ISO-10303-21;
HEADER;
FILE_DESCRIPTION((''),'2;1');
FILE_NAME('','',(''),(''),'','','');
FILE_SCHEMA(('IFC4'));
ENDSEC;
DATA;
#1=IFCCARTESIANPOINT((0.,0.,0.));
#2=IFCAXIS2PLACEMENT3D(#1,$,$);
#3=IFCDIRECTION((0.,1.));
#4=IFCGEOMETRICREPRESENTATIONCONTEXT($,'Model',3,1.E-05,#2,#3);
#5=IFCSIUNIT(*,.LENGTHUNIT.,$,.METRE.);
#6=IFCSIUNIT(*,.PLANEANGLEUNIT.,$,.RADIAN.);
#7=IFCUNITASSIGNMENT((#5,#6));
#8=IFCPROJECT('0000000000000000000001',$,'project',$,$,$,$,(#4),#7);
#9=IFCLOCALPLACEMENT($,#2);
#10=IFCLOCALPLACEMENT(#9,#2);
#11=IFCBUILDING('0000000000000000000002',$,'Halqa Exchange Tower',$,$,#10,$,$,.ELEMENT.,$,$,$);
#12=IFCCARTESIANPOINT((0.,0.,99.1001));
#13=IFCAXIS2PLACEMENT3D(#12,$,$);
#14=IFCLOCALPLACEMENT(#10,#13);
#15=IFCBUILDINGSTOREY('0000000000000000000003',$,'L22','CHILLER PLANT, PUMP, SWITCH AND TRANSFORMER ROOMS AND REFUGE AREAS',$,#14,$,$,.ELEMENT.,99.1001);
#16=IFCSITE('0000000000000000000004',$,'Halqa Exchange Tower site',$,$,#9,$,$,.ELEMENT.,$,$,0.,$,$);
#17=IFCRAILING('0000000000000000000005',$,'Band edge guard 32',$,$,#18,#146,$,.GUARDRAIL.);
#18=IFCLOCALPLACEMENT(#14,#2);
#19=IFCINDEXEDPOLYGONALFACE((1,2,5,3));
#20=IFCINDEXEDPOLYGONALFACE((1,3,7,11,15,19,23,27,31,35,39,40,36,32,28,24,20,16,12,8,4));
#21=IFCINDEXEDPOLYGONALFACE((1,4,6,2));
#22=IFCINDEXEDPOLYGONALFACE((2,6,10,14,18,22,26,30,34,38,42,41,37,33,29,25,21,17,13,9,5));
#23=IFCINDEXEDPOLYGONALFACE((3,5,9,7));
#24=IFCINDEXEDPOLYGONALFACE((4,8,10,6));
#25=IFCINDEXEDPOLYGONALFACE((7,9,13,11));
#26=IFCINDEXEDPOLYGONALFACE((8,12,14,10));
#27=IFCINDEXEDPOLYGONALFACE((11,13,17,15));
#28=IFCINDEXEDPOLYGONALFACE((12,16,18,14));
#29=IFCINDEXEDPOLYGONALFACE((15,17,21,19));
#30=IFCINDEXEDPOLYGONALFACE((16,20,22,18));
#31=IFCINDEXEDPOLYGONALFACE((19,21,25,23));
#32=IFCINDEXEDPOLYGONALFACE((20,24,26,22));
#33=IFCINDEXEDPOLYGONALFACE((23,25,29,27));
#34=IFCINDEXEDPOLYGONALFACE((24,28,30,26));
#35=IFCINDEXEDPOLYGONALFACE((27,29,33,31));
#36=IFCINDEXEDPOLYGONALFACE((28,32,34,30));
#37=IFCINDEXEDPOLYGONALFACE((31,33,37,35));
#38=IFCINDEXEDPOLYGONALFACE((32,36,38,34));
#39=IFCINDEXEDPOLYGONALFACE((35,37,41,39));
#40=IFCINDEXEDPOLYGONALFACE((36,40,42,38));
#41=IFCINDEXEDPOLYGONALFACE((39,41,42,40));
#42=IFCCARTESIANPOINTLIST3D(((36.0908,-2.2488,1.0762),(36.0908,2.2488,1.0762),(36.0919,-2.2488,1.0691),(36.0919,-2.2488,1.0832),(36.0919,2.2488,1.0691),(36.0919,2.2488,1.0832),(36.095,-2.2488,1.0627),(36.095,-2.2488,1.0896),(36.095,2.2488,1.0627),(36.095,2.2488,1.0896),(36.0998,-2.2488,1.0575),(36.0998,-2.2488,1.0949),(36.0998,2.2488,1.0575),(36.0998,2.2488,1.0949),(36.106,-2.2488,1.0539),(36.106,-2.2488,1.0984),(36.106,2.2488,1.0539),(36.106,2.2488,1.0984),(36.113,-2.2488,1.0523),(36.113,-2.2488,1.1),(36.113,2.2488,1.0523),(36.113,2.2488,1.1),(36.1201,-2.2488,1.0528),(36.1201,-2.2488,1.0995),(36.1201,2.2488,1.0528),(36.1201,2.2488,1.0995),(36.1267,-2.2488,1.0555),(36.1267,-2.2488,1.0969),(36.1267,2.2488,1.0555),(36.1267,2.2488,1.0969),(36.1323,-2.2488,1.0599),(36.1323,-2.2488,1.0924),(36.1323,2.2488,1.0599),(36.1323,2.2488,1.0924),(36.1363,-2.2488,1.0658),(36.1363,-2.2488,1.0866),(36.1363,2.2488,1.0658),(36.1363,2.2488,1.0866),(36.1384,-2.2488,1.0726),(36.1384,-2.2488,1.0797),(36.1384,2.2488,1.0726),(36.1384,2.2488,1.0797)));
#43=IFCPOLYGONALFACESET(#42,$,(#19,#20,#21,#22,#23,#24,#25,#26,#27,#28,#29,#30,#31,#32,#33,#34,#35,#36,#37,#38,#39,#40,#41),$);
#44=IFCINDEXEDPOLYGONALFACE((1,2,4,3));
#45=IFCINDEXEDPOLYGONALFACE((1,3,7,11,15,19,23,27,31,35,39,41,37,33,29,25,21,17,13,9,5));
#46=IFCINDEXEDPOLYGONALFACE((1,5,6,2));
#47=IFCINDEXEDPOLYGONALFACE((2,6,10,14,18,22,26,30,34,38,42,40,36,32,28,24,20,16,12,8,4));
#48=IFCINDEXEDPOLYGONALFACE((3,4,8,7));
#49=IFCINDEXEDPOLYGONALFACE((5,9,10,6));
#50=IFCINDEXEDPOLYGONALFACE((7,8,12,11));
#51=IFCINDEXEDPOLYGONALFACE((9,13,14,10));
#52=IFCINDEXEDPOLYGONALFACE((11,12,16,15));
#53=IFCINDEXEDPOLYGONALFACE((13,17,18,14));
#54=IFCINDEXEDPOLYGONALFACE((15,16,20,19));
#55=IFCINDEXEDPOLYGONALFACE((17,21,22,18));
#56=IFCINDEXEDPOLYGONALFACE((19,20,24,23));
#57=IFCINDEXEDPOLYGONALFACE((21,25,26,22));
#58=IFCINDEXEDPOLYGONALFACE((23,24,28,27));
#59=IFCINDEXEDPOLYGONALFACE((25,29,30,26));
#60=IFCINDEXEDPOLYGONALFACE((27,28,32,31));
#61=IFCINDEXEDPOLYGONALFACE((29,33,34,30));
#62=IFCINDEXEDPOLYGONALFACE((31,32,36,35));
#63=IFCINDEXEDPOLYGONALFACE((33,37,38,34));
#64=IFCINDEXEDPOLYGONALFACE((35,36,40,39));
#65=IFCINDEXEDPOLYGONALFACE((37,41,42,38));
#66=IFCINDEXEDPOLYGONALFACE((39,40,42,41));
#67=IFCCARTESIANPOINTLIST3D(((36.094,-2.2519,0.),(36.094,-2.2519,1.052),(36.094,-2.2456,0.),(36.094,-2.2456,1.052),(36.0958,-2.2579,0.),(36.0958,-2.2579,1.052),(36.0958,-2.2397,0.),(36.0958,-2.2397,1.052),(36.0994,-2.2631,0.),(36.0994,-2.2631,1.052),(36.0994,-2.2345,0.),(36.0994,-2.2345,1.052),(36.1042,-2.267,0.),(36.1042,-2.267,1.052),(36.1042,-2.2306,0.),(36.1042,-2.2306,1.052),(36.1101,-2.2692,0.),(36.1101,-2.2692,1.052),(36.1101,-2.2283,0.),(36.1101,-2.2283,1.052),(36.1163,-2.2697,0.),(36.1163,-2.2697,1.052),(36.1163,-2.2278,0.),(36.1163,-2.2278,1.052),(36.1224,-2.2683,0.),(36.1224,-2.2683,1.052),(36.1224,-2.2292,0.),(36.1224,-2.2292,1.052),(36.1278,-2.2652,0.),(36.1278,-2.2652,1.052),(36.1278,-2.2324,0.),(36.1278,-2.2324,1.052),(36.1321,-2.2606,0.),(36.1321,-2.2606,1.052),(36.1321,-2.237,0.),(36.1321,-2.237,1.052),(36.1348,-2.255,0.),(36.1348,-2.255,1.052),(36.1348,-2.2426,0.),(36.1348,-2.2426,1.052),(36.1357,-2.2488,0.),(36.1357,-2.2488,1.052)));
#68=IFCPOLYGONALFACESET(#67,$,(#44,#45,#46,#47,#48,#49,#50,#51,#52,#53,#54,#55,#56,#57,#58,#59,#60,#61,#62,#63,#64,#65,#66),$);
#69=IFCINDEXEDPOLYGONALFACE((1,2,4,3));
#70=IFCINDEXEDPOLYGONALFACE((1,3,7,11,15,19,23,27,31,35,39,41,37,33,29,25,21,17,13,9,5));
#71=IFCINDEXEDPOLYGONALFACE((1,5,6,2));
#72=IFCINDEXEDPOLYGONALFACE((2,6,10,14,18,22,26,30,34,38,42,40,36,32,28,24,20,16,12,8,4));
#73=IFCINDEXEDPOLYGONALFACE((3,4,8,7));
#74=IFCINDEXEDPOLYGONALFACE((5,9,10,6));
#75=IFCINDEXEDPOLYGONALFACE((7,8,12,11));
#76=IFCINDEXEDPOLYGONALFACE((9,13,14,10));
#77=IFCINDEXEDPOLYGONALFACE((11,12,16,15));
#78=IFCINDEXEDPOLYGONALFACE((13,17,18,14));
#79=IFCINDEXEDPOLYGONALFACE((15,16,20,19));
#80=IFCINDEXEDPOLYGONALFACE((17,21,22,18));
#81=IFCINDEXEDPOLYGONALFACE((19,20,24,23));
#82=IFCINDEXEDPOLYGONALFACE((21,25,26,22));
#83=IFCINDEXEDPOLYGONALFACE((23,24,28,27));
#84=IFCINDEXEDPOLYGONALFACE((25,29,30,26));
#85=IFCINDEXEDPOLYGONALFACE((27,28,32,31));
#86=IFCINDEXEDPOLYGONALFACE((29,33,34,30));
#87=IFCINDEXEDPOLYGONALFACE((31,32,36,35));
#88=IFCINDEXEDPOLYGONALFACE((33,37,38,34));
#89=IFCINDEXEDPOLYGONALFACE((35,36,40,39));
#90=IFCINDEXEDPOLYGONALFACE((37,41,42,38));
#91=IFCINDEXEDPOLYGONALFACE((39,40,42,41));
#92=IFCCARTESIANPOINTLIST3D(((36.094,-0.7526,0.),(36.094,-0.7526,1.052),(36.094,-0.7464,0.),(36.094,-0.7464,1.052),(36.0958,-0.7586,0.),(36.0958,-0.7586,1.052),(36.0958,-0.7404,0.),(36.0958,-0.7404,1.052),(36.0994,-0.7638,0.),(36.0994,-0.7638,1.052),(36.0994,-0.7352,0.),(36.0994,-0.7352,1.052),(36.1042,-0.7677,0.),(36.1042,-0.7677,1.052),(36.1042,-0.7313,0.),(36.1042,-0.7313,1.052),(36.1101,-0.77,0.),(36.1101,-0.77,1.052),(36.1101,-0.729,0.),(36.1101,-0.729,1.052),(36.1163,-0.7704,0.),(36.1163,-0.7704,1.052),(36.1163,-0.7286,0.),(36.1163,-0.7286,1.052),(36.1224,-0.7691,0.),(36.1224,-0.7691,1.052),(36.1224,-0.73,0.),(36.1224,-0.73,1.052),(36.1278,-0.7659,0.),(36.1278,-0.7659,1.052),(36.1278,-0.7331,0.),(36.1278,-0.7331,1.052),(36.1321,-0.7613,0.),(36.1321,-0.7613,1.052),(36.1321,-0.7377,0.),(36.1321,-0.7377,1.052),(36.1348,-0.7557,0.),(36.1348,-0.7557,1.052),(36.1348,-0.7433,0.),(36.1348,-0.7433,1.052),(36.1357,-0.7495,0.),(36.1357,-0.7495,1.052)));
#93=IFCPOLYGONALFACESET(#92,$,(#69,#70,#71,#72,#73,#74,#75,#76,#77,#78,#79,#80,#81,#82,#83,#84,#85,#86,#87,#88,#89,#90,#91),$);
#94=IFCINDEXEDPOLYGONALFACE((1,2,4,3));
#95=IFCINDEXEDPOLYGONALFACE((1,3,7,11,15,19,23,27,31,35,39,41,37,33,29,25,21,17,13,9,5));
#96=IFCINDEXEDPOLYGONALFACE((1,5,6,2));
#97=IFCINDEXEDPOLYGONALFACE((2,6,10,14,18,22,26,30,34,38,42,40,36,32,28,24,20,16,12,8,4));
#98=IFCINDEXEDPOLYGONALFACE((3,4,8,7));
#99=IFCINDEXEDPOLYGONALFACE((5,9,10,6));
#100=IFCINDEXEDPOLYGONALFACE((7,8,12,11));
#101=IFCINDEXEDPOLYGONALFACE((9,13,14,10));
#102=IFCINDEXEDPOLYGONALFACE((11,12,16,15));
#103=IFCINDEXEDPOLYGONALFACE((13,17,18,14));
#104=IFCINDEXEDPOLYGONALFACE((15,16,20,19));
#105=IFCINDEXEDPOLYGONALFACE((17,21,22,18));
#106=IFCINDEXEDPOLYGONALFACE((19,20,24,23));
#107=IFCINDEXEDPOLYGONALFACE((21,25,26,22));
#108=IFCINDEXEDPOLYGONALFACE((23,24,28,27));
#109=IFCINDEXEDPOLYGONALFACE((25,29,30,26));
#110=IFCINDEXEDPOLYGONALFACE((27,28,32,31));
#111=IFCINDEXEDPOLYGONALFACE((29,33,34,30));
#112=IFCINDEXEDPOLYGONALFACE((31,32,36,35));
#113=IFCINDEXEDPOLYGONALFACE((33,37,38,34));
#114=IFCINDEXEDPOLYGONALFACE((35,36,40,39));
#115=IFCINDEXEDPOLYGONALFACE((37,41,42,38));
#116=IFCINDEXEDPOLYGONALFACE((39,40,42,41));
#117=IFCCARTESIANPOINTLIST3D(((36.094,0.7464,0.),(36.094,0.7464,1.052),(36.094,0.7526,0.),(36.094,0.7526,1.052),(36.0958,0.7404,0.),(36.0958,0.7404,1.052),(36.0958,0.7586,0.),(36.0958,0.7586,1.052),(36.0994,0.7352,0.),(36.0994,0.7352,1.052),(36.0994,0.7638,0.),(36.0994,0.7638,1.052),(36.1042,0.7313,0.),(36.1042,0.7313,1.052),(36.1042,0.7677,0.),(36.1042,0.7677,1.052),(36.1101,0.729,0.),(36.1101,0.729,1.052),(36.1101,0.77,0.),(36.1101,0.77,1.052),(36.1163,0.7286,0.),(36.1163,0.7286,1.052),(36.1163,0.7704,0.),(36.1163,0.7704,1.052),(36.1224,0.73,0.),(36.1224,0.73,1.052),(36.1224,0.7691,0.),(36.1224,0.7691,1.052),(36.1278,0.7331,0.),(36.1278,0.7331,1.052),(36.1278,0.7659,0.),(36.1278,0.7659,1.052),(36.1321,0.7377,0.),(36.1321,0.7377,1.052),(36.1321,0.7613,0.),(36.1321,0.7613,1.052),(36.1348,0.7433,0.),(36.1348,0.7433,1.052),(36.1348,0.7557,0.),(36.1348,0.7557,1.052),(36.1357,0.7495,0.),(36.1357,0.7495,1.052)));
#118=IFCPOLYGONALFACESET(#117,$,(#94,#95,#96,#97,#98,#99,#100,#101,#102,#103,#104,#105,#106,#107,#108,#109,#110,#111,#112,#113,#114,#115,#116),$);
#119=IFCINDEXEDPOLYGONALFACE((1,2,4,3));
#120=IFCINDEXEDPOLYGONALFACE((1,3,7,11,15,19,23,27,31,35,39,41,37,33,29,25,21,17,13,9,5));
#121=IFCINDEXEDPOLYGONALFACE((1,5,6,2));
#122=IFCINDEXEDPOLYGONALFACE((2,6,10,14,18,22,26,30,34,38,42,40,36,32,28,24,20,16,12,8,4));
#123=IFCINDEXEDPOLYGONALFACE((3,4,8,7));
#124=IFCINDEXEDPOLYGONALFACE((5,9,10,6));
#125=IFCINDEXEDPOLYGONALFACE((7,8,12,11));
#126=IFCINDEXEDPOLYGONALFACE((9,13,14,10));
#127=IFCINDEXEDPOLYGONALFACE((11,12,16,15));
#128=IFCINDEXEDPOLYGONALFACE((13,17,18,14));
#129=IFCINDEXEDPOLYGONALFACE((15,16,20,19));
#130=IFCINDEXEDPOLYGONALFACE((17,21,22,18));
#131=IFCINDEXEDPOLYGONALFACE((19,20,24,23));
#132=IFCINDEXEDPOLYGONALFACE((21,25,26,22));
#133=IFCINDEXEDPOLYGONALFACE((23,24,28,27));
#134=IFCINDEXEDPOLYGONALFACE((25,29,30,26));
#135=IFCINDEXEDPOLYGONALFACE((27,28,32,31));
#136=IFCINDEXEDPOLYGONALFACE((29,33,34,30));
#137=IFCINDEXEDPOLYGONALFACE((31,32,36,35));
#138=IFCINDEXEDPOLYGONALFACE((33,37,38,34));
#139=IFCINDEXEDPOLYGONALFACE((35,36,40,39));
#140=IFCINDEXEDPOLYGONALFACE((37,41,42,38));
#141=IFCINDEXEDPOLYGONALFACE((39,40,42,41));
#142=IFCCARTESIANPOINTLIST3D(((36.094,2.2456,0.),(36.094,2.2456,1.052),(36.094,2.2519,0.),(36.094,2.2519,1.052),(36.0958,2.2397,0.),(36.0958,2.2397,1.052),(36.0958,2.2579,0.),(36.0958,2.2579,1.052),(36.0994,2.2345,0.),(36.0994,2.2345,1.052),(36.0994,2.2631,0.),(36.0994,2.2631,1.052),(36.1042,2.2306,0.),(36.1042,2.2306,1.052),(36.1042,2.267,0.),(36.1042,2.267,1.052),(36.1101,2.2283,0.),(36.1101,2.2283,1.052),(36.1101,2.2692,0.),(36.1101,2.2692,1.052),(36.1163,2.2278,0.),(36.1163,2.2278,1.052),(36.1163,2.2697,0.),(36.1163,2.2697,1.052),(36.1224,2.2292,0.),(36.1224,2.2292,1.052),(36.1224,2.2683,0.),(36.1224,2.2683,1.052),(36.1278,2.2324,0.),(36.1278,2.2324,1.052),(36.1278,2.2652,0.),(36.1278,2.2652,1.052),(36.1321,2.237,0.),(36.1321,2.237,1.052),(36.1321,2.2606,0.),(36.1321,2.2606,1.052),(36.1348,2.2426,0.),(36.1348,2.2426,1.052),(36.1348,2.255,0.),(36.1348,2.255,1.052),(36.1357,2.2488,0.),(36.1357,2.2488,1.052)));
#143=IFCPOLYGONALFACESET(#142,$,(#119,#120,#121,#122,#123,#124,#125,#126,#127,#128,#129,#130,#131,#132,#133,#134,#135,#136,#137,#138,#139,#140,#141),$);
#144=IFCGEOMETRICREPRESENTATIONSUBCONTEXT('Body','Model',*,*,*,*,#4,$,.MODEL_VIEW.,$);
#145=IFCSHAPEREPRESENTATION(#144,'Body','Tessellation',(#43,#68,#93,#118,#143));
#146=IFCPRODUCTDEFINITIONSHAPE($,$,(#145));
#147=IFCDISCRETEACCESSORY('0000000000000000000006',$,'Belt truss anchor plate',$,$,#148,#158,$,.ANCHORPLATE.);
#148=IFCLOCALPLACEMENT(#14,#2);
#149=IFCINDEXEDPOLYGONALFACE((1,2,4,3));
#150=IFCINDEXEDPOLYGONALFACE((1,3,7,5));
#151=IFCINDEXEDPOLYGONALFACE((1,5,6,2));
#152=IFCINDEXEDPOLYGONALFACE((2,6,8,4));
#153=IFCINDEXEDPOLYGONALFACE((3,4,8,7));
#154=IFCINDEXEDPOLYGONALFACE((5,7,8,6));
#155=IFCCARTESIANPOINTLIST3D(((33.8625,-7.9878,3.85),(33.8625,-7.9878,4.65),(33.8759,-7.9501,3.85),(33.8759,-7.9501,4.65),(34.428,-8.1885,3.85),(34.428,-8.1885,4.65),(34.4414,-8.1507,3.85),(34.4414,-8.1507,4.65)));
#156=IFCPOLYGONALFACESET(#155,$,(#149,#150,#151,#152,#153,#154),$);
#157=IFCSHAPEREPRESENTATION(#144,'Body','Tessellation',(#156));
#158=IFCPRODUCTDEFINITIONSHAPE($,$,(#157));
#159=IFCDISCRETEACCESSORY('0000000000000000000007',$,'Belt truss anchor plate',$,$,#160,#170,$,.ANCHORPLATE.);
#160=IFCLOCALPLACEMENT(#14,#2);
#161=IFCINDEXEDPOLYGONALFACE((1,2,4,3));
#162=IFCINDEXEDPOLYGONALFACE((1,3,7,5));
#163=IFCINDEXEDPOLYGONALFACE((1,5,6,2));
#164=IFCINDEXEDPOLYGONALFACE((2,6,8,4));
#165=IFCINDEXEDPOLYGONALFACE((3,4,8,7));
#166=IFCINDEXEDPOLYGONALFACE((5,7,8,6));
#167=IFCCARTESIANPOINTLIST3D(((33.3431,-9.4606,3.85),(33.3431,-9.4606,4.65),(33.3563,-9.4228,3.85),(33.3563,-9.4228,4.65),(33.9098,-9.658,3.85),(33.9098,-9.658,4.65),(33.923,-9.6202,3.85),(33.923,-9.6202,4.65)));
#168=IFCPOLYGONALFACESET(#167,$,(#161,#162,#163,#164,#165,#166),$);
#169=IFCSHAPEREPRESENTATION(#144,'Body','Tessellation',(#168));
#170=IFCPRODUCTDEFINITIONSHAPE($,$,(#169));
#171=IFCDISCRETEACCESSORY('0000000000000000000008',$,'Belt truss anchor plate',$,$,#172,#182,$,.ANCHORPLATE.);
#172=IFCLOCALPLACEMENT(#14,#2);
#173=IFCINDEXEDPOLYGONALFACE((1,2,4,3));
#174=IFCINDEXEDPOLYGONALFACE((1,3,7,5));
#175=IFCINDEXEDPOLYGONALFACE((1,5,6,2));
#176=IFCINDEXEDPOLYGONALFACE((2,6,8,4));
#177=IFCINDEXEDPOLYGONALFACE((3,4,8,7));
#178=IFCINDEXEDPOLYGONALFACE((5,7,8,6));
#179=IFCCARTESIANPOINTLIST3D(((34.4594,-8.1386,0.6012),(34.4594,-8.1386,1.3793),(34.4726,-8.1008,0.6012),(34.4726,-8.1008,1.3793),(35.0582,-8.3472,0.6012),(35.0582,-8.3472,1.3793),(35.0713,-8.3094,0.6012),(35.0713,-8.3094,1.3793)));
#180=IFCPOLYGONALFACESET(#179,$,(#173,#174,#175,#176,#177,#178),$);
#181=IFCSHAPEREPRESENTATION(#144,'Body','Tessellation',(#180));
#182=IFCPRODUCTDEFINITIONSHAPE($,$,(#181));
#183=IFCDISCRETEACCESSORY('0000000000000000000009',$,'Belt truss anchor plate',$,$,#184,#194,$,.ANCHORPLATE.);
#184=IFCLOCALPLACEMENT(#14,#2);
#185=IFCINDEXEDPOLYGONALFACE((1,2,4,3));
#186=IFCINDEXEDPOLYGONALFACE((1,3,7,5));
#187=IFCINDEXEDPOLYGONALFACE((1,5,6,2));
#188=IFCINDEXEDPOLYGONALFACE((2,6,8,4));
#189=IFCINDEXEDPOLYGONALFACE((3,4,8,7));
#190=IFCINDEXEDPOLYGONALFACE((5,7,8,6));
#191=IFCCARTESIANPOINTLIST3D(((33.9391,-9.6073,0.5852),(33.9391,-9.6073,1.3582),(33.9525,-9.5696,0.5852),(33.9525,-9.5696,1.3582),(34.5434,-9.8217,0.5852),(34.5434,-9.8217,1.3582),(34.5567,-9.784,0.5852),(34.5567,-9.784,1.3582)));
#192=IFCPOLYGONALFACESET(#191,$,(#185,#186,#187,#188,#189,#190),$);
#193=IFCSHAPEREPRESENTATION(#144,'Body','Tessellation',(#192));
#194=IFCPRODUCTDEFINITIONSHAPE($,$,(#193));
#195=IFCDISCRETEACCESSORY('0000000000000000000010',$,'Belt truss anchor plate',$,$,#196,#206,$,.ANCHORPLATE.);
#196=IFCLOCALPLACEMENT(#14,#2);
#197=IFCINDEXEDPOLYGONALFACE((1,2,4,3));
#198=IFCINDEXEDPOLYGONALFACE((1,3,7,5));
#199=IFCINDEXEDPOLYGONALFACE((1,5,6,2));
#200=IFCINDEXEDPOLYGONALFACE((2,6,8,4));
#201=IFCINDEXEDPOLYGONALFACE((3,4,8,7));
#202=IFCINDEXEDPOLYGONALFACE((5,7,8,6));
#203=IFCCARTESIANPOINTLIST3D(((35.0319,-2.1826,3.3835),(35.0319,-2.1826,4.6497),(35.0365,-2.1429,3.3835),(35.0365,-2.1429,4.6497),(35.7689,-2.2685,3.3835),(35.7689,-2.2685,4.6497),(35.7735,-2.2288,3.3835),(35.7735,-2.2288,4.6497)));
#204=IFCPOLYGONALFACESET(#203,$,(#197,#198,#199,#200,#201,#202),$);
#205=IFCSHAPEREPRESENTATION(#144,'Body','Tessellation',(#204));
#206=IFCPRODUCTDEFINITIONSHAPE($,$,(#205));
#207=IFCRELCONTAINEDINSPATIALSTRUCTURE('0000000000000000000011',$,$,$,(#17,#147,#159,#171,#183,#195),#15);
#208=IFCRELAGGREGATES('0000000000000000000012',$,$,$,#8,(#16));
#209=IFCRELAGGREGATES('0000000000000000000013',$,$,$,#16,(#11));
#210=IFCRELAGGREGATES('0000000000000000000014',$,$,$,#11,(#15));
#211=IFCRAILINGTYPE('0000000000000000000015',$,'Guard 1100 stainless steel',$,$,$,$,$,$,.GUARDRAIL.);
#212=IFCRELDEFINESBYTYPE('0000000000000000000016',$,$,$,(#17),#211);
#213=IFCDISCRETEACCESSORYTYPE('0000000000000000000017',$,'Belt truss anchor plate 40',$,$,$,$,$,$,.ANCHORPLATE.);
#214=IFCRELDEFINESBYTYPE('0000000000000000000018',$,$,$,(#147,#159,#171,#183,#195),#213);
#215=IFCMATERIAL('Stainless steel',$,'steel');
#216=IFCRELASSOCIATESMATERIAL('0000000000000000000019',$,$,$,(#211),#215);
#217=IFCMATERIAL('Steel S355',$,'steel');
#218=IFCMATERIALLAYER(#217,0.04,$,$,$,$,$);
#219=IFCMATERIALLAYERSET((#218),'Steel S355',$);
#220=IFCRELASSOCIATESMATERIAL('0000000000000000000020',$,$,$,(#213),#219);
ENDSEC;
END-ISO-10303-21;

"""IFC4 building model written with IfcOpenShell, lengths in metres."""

from ifc_helpers import new_model, si_unit, direction, frame, origin, origin_2d, place, context, subcontext, project, spatial, rectangle, circle, extrude, material, layer, layer_set, type_object, element, save


model = new_model("IFC4")

# Units and contexts
model_context = context("Model", 3, precision=1e-05, world=origin(), true_north=direction((0.0, 1.0)))
body_context = subcontext(model_context, "Body", "Model", "MODEL_VIEW")
ifc_project = project(units=[si_unit("LENGTHUNIT", "METRE"), si_unit("PLANEANGLEUNIT", "RADIAN")], contexts=[model_context])

# Site, building, storey
site_placement = place(None, origin())
site = spatial("IfcSite", under=ifc_project, at=site_placement, Name="Halqa Exchange Tower site", CompositionType="ELEMENT", RefElevation=0.0)
building_placement = place(site_placement, origin())
building = spatial("IfcBuilding", under=site, at=building_placement, Name="Halqa Exchange Tower", CompositionType="ELEMENT")
storey_placement = place(building_placement, frame((0.0, 0.0, 99.1001)))
storey = spatial("IfcBuildingStorey", under=building, at=storey_placement, Name="L22", Description="CHILLER PLANT, PUMP, SWITCH AND TRANSFORMER ROOMS AND REFUGE AREAS", CompositionType="ELEMENT", Elevation=99.1001)

# Shared definitions
ifc_material_1 = material(Name="Steel S355", Category="steel")

# Railing
ifc_material_2 = material(Name="Stainless steel", Category="steel")
railing_type = type_object("IfcRailingType", Name="Guard 1100 stainless steel", PredefinedType="GUARDRAIL", material=ifc_material_2)
railing_1_placement = place(storey_placement, frame((36.1147, -2.2488, 0.0)))
element("IfcRailing", 1, at=railing_1_placement, inside=storey, type_object=railing_type, Name="Band edge guard 32", PredefinedType="GUARDRAIL", context=body_context, shape_type="SweptSolid", body=[
    extrude(circle(Radius=0.0239, at=origin_2d()), frame((0.0, 0.0, 1.0762), z_axis=(0.0, 1.0, 0.0), x_axis=(-1.0, 0.0, 0.0)), (0.0, 0.0, 1.0), 4.4976),
    extrude(circle(Radius=0.021, at=origin_2d()), origin(), (0.0, 0.0, 1.0), 1.052),
    extrude(circle(Radius=0.021, at=origin_2d()), frame((0.0, 1.4993, 0.0)), (0.0, 0.0, 1.0), 1.052),
    extrude(circle(Radius=0.021, at=origin_2d()), frame((0.0, 2.9983, 0.0)), (0.0, 0.0, 1.0), 1.052),
    extrude(circle(Radius=0.021, at=origin_2d()), frame((0.0, 4.4976, 0.0)), (0.0, 0.0, 1.0), 1.052),
])

# Discrete accessories
ifc_layer_1 = layer(ifc_material_1, 0.04)
ifc_layer_set_1 = layer_set([ifc_layer_1], Name="Steel S355")
discrete_accessory_type = type_object("IfcDiscreteAccessoryType", Name="Belt truss anchor plate 40", PredefinedType="ANCHORPLATE", material=ifc_layer_set_1)
for number, where, z_axis, x_axis, name in (
    (2, (34.1453, -8.0881, 4.25), (0.33441, 0.942428, 0.0), (-0.942428, 0.33441, 0.0), "Belt truss anchor plate"),
    (3, (33.6396, -9.5215, 4.25), (-0.328993, -0.944332, 0.0), (0.944332, -0.328993, 0.0), "Belt truss anchor plate"),
):
    element("IfcDiscreteAccessory", number, at=place(storey_placement, frame(where, z_axis=z_axis, x_axis=x_axis)), inside=storey, type_object=discrete_accessory_type, Name=name, PredefinedType="ANCHORPLATE", context=body_context, shape_type="SweptSolid", body=[
        extrude(rectangle(XDim=0.6001, YDim=0.8, at=origin_2d()), origin(), (0.0, 0.0, 1.0), 0.04),
    ])
discrete_accessory_1_placement = place(storey_placement, frame((34.7588, -8.2429, 0.9902), z_axis=(0.328993, 0.944332, 0.0), x_axis=(-0.944332, 0.328993, 0.0)))
element("IfcDiscreteAccessory", 4, at=discrete_accessory_1_placement, inside=storey, type_object=discrete_accessory_type, Name="Belt truss anchor plate", PredefinedType="ANCHORPLATE", context=body_context, shape_type="SweptSolid", body=[
    extrude(rectangle(XDim=0.634, YDim=0.7781, at=origin_2d()), origin(), (0.0, 0.0, 1.0), 0.04),
])
discrete_accessory_2_placement = place(storey_placement, frame((34.2546, -9.6768, 0.9717), z_axis=(-0.33441, -0.942428, 0.0), x_axis=(0.942428, -0.33441, 0.0)))
element("IfcDiscreteAccessory", 5, at=discrete_accessory_2_placement, inside=storey, type_object=discrete_accessory_type, Name="Belt truss anchor plate", PredefinedType="ANCHORPLATE", context=body_context, shape_type="SweptSolid", body=[
    extrude(rectangle(XDim=0.6411, YDim=0.7729, at=origin_2d()), origin(), (0.0, 0.0, 1.0), 0.04),
])
discrete_accessory_3_placement = place(storey_placement, frame((35.4004, -2.2256, 4.0166), z_axis=(0.115781, 0.993275, 0.0), x_axis=(-0.993275, 0.115781, 0.0)))
element("IfcDiscreteAccessory", 6, at=discrete_accessory_3_placement, inside=storey, type_object=discrete_accessory_type, Name="Belt truss anchor plate", PredefinedType="ANCHORPLATE", context=body_context, shape_type="SweptSolid", body=[
    extrude(rectangle(XDim=0.7419, YDim=1.2661, at=origin_2d()), origin(), (0.0, 0.0, 1.0), 0.04),
])

save(model, "model.ifc")
